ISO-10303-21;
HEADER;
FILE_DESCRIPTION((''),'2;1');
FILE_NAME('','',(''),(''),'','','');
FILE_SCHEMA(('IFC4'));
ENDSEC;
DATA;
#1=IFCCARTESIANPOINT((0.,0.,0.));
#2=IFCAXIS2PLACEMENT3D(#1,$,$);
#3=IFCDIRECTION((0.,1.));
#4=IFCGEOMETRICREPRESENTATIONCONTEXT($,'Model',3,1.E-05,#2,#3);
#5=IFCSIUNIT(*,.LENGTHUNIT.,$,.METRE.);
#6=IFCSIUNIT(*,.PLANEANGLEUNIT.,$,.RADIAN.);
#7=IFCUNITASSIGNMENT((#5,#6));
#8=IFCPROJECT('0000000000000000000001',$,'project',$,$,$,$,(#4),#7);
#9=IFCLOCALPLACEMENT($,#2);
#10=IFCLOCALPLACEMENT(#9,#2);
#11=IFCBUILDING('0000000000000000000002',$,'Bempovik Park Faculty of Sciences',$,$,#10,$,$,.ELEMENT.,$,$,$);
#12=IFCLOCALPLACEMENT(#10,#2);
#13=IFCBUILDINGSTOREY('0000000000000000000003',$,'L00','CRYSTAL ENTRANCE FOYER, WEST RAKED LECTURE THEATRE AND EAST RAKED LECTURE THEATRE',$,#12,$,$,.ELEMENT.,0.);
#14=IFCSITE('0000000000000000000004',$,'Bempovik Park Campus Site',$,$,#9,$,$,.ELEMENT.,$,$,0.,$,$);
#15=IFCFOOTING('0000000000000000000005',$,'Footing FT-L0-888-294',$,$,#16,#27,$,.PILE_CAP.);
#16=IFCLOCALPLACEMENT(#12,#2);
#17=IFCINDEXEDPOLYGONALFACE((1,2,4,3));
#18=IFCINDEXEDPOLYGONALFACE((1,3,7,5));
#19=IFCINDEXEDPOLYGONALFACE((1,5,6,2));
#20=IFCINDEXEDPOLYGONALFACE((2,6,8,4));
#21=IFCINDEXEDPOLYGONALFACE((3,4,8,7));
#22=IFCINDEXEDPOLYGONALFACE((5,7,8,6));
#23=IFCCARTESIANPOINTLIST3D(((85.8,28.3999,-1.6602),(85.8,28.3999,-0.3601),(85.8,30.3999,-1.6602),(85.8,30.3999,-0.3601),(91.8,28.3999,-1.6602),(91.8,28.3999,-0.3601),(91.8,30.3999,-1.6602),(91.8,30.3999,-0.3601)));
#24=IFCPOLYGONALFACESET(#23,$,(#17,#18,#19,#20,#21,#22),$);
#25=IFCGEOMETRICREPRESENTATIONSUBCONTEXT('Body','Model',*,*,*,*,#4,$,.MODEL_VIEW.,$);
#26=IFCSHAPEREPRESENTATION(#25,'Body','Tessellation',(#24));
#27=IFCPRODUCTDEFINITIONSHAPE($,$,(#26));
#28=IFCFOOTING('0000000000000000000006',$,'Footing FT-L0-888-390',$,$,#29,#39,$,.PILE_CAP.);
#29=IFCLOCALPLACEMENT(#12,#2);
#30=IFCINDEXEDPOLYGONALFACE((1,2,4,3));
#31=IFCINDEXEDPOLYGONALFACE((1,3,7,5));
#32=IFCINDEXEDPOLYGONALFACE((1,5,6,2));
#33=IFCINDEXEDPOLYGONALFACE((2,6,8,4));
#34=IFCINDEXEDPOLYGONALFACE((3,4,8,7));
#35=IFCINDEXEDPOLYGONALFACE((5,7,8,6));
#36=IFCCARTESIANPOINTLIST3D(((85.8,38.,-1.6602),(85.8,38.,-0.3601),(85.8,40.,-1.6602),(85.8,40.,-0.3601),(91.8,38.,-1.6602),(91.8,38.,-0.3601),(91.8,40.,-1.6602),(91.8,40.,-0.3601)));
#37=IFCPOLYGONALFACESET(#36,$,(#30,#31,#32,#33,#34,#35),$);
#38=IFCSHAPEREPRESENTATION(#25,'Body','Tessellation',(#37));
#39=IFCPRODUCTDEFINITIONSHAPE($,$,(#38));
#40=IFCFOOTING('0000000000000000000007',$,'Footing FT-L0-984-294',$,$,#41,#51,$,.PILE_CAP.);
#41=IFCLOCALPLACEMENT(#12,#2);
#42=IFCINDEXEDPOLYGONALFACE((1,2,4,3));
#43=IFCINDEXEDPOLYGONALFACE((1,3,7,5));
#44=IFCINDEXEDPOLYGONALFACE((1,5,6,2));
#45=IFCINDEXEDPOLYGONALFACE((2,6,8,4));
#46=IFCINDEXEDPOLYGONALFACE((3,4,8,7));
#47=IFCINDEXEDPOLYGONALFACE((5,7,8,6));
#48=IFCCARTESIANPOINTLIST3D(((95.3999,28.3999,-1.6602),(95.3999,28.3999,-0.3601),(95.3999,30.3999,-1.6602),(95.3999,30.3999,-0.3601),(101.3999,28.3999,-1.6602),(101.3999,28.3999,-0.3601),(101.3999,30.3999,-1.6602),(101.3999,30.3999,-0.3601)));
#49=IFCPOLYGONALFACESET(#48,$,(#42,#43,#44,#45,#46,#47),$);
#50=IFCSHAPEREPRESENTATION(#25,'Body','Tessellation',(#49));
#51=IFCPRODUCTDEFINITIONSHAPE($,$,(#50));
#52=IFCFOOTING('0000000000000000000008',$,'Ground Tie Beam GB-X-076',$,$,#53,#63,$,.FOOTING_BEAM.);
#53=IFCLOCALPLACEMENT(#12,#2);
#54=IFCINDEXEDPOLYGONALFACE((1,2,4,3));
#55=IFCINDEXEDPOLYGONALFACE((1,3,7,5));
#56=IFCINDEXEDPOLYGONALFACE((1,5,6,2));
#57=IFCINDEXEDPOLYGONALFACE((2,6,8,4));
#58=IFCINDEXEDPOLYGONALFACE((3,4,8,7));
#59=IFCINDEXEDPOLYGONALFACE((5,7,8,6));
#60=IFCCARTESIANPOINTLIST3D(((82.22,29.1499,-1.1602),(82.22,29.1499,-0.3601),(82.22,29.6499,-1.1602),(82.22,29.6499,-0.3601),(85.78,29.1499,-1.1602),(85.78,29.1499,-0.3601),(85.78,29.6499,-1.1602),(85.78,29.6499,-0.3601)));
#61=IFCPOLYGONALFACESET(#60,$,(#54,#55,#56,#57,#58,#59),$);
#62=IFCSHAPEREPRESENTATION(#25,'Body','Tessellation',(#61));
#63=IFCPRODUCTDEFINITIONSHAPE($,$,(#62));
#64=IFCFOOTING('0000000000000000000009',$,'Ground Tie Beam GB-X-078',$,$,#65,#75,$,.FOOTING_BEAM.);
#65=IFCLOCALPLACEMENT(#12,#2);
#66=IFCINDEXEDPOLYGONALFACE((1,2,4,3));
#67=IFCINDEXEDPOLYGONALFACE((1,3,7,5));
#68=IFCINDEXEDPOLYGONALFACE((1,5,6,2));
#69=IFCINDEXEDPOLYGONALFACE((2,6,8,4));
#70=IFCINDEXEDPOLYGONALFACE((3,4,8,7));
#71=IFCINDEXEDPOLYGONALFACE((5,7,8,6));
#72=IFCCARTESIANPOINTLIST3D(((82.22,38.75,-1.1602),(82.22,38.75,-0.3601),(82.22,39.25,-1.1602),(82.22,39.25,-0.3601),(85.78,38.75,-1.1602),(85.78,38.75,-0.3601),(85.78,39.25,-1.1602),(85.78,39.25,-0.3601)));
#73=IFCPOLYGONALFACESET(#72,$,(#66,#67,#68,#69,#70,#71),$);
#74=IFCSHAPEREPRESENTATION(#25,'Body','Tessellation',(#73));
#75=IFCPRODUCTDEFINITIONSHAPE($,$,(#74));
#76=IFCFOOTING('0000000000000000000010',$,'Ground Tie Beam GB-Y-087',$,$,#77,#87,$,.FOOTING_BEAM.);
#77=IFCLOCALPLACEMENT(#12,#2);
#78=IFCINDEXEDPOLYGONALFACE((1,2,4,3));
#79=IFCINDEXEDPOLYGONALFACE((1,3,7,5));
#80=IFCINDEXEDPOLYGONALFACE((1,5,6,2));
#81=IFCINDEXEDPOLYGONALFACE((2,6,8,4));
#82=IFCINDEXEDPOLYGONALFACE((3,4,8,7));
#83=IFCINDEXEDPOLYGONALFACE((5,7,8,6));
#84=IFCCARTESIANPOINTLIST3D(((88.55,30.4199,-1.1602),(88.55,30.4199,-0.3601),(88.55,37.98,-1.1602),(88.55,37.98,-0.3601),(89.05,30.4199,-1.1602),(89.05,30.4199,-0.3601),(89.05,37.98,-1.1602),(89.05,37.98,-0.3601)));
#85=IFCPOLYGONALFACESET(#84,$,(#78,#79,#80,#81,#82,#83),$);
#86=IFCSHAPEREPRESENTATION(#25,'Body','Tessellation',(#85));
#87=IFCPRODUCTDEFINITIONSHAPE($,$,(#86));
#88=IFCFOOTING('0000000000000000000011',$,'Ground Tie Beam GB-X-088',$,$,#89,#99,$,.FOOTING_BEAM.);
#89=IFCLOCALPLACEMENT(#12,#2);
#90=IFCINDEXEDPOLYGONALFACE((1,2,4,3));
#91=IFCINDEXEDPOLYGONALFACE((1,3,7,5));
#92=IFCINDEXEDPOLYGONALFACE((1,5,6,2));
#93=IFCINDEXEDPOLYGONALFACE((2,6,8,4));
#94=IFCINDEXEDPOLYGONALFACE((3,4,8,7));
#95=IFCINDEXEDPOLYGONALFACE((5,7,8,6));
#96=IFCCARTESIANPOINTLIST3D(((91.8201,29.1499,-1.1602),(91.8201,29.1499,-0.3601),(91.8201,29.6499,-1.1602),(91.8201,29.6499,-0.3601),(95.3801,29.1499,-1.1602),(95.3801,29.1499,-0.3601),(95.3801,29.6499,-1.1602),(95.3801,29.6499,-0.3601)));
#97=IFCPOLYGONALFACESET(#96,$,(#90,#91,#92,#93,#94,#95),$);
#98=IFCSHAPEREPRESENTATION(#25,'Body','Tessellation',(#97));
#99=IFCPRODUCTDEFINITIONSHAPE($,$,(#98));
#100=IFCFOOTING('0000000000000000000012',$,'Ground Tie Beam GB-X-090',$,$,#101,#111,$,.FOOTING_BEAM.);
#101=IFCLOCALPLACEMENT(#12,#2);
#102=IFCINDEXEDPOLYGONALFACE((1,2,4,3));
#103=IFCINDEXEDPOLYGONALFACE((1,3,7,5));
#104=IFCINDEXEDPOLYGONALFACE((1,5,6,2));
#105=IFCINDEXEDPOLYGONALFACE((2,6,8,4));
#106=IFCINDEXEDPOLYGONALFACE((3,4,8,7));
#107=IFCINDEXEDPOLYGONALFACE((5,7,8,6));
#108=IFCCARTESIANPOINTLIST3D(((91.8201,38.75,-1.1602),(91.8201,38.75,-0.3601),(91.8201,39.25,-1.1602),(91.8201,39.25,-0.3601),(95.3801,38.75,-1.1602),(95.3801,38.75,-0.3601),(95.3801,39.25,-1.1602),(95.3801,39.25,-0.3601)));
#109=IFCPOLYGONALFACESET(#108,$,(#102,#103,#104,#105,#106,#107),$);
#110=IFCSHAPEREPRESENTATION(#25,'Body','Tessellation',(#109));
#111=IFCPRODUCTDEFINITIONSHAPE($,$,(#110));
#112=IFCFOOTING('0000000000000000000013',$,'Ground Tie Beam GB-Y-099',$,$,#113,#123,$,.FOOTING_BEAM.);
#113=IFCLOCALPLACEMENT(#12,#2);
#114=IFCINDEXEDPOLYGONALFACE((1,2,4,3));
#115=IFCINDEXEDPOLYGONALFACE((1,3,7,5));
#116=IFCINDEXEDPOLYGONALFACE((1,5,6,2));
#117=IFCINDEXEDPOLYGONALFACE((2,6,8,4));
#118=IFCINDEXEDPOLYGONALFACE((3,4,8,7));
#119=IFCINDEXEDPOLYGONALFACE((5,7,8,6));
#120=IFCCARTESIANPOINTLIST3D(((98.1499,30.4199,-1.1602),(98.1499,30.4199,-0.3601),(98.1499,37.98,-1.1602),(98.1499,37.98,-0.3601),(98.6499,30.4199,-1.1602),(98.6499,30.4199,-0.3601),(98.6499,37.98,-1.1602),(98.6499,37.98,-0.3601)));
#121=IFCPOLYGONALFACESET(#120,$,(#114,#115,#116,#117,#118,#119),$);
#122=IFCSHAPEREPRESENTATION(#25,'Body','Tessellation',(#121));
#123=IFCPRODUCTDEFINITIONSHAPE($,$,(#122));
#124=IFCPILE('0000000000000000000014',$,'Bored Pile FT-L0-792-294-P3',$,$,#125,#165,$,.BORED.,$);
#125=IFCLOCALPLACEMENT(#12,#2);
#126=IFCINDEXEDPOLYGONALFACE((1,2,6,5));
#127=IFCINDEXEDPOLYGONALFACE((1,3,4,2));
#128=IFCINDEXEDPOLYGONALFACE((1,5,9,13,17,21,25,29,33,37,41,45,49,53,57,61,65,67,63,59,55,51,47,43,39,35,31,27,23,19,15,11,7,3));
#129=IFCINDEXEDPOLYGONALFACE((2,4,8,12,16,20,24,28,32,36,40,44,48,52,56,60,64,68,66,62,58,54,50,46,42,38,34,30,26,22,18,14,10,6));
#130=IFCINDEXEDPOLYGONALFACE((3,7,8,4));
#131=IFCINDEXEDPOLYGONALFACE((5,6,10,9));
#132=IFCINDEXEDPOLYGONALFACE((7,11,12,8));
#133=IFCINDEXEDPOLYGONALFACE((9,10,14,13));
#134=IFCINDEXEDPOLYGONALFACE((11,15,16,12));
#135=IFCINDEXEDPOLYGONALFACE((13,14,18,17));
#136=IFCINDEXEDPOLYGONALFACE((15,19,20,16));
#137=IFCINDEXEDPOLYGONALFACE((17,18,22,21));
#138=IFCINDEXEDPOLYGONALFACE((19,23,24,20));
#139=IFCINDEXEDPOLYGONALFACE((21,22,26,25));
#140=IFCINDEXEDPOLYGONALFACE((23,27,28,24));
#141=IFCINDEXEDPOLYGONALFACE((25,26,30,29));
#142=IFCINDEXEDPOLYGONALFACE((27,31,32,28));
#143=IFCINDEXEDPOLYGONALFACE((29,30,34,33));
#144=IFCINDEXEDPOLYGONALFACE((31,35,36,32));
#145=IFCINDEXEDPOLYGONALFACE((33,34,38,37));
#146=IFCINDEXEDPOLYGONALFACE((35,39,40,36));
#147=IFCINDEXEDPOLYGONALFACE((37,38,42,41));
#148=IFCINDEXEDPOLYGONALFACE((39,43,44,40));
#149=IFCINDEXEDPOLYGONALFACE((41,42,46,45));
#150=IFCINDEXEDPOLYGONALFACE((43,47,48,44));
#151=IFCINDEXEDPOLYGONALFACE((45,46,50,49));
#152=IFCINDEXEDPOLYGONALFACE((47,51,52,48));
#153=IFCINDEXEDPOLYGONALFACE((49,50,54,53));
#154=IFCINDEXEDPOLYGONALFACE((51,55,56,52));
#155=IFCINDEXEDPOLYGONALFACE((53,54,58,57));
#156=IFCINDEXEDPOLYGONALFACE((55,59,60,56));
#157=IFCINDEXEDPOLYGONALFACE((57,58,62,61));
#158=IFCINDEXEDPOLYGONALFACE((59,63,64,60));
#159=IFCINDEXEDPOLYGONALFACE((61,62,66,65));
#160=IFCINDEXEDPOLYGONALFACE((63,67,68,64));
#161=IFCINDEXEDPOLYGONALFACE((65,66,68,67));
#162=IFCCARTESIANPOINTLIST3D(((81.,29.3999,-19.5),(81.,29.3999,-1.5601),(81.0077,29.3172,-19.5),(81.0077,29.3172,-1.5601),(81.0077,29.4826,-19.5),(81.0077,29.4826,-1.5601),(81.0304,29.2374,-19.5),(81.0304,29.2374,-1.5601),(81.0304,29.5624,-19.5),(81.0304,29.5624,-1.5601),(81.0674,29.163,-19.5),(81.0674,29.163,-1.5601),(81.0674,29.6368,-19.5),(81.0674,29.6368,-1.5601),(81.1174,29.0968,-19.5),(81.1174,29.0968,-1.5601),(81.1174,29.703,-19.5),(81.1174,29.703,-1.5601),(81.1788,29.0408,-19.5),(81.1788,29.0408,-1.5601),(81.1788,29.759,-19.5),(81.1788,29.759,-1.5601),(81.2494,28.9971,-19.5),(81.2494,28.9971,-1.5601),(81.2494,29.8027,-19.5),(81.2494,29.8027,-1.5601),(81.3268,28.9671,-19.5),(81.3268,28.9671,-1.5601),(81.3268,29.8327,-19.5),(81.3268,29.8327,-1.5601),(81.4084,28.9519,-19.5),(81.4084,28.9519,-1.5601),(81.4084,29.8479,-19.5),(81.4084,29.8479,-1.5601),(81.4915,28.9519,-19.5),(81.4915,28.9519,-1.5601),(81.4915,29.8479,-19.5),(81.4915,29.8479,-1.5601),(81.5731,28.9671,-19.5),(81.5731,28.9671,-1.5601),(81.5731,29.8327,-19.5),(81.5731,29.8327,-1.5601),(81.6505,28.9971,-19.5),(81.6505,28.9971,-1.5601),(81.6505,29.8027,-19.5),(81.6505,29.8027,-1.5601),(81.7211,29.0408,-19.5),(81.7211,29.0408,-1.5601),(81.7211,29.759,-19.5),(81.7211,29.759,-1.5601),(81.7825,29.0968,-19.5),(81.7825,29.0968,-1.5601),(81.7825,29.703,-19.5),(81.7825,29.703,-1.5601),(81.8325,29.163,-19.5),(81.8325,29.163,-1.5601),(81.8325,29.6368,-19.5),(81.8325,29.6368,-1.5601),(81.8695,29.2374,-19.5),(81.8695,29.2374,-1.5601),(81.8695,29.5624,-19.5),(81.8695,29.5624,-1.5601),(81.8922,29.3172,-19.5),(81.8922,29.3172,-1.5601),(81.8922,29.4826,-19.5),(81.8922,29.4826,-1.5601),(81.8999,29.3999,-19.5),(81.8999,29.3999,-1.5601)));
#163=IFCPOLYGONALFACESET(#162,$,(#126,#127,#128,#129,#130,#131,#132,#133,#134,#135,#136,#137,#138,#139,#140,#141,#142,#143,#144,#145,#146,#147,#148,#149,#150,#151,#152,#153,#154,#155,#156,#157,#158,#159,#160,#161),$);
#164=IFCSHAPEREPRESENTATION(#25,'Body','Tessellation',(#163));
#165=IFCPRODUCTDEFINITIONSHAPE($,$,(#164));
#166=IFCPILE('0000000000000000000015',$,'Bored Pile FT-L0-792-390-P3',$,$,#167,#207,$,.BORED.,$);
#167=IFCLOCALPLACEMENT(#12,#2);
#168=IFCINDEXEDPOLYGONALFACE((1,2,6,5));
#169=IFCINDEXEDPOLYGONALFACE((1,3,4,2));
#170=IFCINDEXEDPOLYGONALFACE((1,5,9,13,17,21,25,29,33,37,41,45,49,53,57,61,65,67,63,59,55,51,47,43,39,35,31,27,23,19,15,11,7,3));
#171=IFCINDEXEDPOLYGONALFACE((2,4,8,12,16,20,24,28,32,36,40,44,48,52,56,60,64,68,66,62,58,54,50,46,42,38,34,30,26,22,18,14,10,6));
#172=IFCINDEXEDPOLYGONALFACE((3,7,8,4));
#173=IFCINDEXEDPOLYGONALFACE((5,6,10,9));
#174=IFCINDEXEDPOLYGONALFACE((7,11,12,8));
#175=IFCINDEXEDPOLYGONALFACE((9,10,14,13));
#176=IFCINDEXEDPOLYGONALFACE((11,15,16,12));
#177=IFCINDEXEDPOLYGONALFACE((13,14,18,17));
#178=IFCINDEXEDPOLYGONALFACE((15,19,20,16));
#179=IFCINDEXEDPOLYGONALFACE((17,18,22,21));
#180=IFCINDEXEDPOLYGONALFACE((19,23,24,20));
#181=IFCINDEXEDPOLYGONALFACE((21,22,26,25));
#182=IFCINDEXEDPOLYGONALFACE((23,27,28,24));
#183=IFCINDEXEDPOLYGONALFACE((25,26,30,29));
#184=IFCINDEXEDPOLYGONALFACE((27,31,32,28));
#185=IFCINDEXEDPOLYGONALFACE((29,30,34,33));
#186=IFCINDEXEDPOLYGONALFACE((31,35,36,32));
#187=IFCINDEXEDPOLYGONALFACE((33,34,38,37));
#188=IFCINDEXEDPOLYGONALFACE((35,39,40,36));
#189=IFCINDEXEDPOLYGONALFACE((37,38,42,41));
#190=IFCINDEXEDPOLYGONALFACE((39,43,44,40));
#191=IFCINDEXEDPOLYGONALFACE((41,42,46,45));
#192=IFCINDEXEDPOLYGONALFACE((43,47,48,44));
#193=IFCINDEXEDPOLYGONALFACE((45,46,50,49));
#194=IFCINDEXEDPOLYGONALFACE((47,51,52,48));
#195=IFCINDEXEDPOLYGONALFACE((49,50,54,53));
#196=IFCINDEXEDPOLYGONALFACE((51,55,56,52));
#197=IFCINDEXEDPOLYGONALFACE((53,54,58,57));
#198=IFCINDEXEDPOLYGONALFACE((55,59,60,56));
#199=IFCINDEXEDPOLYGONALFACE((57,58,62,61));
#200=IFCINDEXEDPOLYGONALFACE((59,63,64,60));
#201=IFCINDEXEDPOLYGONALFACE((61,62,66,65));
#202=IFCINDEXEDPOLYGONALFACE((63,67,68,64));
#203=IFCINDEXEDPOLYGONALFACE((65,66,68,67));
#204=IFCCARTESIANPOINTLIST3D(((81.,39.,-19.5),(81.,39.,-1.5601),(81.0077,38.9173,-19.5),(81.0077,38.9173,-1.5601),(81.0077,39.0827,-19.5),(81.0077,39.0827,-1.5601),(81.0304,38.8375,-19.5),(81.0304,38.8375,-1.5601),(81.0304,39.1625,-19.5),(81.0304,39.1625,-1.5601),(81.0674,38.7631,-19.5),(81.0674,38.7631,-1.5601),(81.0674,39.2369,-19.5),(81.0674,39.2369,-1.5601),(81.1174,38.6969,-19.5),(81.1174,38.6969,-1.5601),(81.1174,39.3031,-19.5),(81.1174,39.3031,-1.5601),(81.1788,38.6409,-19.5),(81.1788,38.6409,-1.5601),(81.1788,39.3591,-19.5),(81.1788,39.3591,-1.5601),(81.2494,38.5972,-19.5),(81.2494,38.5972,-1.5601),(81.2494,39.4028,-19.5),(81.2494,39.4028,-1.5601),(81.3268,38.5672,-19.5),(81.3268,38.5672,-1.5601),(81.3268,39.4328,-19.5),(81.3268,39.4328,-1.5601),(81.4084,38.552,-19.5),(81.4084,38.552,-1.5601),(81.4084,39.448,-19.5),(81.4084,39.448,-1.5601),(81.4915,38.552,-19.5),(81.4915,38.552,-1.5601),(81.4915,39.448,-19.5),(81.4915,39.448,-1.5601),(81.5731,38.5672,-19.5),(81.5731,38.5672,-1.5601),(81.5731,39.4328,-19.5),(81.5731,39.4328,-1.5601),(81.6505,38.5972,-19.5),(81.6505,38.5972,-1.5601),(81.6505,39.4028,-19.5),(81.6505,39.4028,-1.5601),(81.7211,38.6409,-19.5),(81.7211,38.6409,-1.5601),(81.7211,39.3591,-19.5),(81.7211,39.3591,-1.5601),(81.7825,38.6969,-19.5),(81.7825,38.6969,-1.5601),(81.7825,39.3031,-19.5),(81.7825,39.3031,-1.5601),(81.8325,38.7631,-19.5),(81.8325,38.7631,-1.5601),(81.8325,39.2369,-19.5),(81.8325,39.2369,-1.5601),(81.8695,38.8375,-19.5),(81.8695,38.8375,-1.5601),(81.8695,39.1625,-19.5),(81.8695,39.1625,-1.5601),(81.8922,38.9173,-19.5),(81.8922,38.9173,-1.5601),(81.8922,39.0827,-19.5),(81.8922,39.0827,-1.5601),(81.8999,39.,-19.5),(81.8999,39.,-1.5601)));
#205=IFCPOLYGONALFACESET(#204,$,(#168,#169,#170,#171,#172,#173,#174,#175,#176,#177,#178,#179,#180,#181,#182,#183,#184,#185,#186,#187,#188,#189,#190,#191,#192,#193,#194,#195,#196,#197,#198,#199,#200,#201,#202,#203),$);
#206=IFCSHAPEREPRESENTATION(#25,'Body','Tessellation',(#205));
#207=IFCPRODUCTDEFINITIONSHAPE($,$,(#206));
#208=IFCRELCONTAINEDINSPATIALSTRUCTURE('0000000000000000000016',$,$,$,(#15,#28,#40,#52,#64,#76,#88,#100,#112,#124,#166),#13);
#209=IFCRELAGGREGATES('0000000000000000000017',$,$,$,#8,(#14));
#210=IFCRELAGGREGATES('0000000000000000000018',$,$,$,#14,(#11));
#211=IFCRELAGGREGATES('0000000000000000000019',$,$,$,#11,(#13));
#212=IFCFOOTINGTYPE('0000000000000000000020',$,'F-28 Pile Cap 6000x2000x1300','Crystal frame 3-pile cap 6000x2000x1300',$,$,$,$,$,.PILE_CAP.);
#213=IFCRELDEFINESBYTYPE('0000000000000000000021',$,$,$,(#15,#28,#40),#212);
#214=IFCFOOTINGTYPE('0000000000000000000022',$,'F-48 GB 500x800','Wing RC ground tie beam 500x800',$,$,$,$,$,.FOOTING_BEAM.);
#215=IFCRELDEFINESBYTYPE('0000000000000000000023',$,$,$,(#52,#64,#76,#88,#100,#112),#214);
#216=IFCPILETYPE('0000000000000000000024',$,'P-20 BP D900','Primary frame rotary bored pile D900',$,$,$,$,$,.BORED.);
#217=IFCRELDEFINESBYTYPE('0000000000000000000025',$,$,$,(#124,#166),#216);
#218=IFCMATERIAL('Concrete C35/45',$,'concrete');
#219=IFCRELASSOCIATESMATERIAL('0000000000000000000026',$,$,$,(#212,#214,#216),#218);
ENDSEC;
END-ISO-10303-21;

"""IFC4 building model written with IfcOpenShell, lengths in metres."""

from ifc_helpers import new_model, si_unit, direction, frame, origin, origin_2d, place, context, subcontext, project, spatial, rectangle, circle, extrude, material, material_profile, profile_set, type_object, element, save


model = new_model("IFC4")

# Units and contexts
model_context = context("Model", 3, precision=1e-05, world=origin(), true_north=direction((0.0, 1.0)))
body_context = subcontext(model_context, "Body", "Model", "MODEL_VIEW")
ifc_project = project(units=[si_unit("LENGTHUNIT", "METRE"), si_unit("PLANEANGLEUNIT", "RADIAN")], contexts=[model_context])

# Site, building, storey
site_placement = place(None, origin())
site = spatial("IfcSite", under=ifc_project, at=site_placement, Name="Bempovik Park Campus Site", CompositionType="ELEMENT", RefElevation=0.0)
building_placement = place(site_placement, origin())
building = spatial("IfcBuilding", under=site, at=building_placement, Name="Bempovik Park Faculty of Sciences", CompositionType="ELEMENT")
storey_placement = place(building_placement, origin())
storey = spatial("IfcBuildingStorey", under=building, at=storey_placement, Name="L00", Description="CRYSTAL ENTRANCE FOYER, WEST RAKED LECTURE THEATRE AND EAST RAKED LECTURE THEATRE", CompositionType="ELEMENT", Elevation=0.0)

# Footings
ifc_material_1 = material(Name="Concrete C35/45", Category="concrete")
footing_type_1 = type_object("IfcFootingType", Name="F-28 Pile Cap 6000x2000x1300", Description="Crystal frame 3-pile cap 6000x2000x1300", PredefinedType="PILE_CAP", material=ifc_material_1)
for number, where, z_axis, x_axis, name in (
    (1, (88.8, 29.3999, -1.6602), (0.0, 0.0, 1.0), (1.0, 0.0, 0.0), "Footing FT-L0-888-294"),
    (2, (88.8, 39.0, -1.6602), (0.0, 0.0, 1.0), (1.0, 0.0, 0.0), "Footing FT-L0-888-390"),
    (3, (98.3999, 29.3999, -1.6602), (0.0, 0.0, 1.0), (1.0, 0.0, 0.0), "Footing FT-L0-984-294"),
):
    element("IfcFooting", number, at=place(storey_placement, frame(where, z_axis=z_axis, x_axis=x_axis)), inside=storey, type_object=footing_type_1, Name=name, PredefinedType="PILE_CAP", context=body_context, shape_type="SweptSolid", body=[
        extrude(rectangle(XDim=6.0, YDim=2.0, at=origin_2d()), origin(), (0.0, 0.0, 1.0), 1.3),
    ])
footing_type_2 = type_object("IfcFootingType", Name="F-48 GB 500x800", Description="Wing RC ground tie beam 500x800", PredefinedType="FOOTING_BEAM", material=ifc_material_1)
for number, where, z_axis, x_axis, name in (
    (4, (84.0, 29.3999, -1.1602), (0.0, 0.0, 1.0), (1.0, 0.0, 0.0), "Ground Tie Beam GB-X-076"),
    (5, (84.0, 39.0, -1.1602), (0.0, 0.0, 1.0), (1.0, 0.0, 0.0), "Ground Tie Beam GB-X-078"),
):
    element("IfcFooting", number, at=place(storey_placement, frame(where, z_axis=z_axis, x_axis=x_axis)), inside=storey, type_object=footing_type_2, Name=name, PredefinedType="FOOTING_BEAM", context=body_context, shape_type="SweptSolid", body=[
        extrude(rectangle(XDim=3.5601, YDim=0.5, at=origin_2d()), origin(), (0.0, 0.0, 1.0), 0.8),
    ])
footing_1_placement = place(storey_placement, frame((88.8, 34.2, -1.1602), z_axis=(0.0, 0.0, 1.0), x_axis=(1.0, 0.0, 0.0)))
element("IfcFooting", 6, at=footing_1_placement, inside=storey, type_object=footing_type_2, Name="Ground Tie Beam GB-Y-087", PredefinedType="FOOTING_BEAM", context=body_context, shape_type="SweptSolid", body=[
    extrude(rectangle(XDim=0.5, YDim=7.5601, at=origin_2d()), origin(), (0.0, 0.0, 1.0), 0.8),
])
for number, where, z_axis, x_axis, name in (
    (7, (93.6001, 29.3999, -1.1602), (0.0, 0.0, 1.0), (1.0, 0.0, 0.0), "Ground Tie Beam GB-X-088"),
    (8, (93.6001, 39.0, -1.1602), (0.0, 0.0, 1.0), (1.0, 0.0, 0.0), "Ground Tie Beam GB-X-090"),
):
    element("IfcFooting", number, at=place(storey_placement, frame(where, z_axis=z_axis, x_axis=x_axis)), inside=storey, type_object=footing_type_2, Name=name, PredefinedType="FOOTING_BEAM", context=body_context, shape_type="SweptSolid", body=[
        extrude(rectangle(XDim=3.5601, YDim=0.5, at=origin_2d()), origin(), (0.0, 0.0, 1.0), 0.8),
    ])
footing_2_placement = place(storey_placement, frame((98.3999, 34.2, -1.1602), z_axis=(0.0, 0.0, 1.0), x_axis=(1.0, 0.0, 0.0)))
element("IfcFooting", 9, at=footing_2_placement, inside=storey, type_object=footing_type_2, Name="Ground Tie Beam GB-Y-099", PredefinedType="FOOTING_BEAM", context=body_context, shape_type="SweptSolid", body=[
    extrude(rectangle(XDim=0.5, YDim=7.5601, at=origin_2d()), origin(), (0.0, 0.0, 1.0), 0.8),
])

# Piles
ifc_material_profile_1 = material_profile(ifc_material_1, circle(Radius=0.45, at=origin_2d()), Name="BP D900")
ifc_profile_set_1 = profile_set([ifc_material_profile_1], Name="Concrete C35/45")
pile_type = type_object("IfcPileType", Name="P-20 BP D900", Description="Primary frame rotary bored pile D900", PredefinedType="BORED", material=ifc_profile_set_1)
for number, where, z_axis, x_axis, name in (
    (10, (81.45, 29.3999, -1.5601), (0.0, 0.0, -1.0), (1.0, 0.0, 0.0), "Bored Pile FT-L0-792-294-P3"),
    (11, (81.45, 39.0, -1.5601), (0.0, 0.0, -1.0), (1.0, 0.0, 0.0), "Bored Pile FT-L0-792-390-P3"),
):
    element("IfcPile", number, at=place(storey_placement, frame(where, z_axis=z_axis, x_axis=x_axis)), inside=storey, type_object=pile_type, Name=name, PredefinedType="BORED", context=body_context, shape_type="SweptSolid", body=[
        extrude(circle(Radius=0.45, at=origin_2d()), origin(), (0.0, 0.0, 1.0), 17.9399),
    ])

save(model, "model.ifc")
